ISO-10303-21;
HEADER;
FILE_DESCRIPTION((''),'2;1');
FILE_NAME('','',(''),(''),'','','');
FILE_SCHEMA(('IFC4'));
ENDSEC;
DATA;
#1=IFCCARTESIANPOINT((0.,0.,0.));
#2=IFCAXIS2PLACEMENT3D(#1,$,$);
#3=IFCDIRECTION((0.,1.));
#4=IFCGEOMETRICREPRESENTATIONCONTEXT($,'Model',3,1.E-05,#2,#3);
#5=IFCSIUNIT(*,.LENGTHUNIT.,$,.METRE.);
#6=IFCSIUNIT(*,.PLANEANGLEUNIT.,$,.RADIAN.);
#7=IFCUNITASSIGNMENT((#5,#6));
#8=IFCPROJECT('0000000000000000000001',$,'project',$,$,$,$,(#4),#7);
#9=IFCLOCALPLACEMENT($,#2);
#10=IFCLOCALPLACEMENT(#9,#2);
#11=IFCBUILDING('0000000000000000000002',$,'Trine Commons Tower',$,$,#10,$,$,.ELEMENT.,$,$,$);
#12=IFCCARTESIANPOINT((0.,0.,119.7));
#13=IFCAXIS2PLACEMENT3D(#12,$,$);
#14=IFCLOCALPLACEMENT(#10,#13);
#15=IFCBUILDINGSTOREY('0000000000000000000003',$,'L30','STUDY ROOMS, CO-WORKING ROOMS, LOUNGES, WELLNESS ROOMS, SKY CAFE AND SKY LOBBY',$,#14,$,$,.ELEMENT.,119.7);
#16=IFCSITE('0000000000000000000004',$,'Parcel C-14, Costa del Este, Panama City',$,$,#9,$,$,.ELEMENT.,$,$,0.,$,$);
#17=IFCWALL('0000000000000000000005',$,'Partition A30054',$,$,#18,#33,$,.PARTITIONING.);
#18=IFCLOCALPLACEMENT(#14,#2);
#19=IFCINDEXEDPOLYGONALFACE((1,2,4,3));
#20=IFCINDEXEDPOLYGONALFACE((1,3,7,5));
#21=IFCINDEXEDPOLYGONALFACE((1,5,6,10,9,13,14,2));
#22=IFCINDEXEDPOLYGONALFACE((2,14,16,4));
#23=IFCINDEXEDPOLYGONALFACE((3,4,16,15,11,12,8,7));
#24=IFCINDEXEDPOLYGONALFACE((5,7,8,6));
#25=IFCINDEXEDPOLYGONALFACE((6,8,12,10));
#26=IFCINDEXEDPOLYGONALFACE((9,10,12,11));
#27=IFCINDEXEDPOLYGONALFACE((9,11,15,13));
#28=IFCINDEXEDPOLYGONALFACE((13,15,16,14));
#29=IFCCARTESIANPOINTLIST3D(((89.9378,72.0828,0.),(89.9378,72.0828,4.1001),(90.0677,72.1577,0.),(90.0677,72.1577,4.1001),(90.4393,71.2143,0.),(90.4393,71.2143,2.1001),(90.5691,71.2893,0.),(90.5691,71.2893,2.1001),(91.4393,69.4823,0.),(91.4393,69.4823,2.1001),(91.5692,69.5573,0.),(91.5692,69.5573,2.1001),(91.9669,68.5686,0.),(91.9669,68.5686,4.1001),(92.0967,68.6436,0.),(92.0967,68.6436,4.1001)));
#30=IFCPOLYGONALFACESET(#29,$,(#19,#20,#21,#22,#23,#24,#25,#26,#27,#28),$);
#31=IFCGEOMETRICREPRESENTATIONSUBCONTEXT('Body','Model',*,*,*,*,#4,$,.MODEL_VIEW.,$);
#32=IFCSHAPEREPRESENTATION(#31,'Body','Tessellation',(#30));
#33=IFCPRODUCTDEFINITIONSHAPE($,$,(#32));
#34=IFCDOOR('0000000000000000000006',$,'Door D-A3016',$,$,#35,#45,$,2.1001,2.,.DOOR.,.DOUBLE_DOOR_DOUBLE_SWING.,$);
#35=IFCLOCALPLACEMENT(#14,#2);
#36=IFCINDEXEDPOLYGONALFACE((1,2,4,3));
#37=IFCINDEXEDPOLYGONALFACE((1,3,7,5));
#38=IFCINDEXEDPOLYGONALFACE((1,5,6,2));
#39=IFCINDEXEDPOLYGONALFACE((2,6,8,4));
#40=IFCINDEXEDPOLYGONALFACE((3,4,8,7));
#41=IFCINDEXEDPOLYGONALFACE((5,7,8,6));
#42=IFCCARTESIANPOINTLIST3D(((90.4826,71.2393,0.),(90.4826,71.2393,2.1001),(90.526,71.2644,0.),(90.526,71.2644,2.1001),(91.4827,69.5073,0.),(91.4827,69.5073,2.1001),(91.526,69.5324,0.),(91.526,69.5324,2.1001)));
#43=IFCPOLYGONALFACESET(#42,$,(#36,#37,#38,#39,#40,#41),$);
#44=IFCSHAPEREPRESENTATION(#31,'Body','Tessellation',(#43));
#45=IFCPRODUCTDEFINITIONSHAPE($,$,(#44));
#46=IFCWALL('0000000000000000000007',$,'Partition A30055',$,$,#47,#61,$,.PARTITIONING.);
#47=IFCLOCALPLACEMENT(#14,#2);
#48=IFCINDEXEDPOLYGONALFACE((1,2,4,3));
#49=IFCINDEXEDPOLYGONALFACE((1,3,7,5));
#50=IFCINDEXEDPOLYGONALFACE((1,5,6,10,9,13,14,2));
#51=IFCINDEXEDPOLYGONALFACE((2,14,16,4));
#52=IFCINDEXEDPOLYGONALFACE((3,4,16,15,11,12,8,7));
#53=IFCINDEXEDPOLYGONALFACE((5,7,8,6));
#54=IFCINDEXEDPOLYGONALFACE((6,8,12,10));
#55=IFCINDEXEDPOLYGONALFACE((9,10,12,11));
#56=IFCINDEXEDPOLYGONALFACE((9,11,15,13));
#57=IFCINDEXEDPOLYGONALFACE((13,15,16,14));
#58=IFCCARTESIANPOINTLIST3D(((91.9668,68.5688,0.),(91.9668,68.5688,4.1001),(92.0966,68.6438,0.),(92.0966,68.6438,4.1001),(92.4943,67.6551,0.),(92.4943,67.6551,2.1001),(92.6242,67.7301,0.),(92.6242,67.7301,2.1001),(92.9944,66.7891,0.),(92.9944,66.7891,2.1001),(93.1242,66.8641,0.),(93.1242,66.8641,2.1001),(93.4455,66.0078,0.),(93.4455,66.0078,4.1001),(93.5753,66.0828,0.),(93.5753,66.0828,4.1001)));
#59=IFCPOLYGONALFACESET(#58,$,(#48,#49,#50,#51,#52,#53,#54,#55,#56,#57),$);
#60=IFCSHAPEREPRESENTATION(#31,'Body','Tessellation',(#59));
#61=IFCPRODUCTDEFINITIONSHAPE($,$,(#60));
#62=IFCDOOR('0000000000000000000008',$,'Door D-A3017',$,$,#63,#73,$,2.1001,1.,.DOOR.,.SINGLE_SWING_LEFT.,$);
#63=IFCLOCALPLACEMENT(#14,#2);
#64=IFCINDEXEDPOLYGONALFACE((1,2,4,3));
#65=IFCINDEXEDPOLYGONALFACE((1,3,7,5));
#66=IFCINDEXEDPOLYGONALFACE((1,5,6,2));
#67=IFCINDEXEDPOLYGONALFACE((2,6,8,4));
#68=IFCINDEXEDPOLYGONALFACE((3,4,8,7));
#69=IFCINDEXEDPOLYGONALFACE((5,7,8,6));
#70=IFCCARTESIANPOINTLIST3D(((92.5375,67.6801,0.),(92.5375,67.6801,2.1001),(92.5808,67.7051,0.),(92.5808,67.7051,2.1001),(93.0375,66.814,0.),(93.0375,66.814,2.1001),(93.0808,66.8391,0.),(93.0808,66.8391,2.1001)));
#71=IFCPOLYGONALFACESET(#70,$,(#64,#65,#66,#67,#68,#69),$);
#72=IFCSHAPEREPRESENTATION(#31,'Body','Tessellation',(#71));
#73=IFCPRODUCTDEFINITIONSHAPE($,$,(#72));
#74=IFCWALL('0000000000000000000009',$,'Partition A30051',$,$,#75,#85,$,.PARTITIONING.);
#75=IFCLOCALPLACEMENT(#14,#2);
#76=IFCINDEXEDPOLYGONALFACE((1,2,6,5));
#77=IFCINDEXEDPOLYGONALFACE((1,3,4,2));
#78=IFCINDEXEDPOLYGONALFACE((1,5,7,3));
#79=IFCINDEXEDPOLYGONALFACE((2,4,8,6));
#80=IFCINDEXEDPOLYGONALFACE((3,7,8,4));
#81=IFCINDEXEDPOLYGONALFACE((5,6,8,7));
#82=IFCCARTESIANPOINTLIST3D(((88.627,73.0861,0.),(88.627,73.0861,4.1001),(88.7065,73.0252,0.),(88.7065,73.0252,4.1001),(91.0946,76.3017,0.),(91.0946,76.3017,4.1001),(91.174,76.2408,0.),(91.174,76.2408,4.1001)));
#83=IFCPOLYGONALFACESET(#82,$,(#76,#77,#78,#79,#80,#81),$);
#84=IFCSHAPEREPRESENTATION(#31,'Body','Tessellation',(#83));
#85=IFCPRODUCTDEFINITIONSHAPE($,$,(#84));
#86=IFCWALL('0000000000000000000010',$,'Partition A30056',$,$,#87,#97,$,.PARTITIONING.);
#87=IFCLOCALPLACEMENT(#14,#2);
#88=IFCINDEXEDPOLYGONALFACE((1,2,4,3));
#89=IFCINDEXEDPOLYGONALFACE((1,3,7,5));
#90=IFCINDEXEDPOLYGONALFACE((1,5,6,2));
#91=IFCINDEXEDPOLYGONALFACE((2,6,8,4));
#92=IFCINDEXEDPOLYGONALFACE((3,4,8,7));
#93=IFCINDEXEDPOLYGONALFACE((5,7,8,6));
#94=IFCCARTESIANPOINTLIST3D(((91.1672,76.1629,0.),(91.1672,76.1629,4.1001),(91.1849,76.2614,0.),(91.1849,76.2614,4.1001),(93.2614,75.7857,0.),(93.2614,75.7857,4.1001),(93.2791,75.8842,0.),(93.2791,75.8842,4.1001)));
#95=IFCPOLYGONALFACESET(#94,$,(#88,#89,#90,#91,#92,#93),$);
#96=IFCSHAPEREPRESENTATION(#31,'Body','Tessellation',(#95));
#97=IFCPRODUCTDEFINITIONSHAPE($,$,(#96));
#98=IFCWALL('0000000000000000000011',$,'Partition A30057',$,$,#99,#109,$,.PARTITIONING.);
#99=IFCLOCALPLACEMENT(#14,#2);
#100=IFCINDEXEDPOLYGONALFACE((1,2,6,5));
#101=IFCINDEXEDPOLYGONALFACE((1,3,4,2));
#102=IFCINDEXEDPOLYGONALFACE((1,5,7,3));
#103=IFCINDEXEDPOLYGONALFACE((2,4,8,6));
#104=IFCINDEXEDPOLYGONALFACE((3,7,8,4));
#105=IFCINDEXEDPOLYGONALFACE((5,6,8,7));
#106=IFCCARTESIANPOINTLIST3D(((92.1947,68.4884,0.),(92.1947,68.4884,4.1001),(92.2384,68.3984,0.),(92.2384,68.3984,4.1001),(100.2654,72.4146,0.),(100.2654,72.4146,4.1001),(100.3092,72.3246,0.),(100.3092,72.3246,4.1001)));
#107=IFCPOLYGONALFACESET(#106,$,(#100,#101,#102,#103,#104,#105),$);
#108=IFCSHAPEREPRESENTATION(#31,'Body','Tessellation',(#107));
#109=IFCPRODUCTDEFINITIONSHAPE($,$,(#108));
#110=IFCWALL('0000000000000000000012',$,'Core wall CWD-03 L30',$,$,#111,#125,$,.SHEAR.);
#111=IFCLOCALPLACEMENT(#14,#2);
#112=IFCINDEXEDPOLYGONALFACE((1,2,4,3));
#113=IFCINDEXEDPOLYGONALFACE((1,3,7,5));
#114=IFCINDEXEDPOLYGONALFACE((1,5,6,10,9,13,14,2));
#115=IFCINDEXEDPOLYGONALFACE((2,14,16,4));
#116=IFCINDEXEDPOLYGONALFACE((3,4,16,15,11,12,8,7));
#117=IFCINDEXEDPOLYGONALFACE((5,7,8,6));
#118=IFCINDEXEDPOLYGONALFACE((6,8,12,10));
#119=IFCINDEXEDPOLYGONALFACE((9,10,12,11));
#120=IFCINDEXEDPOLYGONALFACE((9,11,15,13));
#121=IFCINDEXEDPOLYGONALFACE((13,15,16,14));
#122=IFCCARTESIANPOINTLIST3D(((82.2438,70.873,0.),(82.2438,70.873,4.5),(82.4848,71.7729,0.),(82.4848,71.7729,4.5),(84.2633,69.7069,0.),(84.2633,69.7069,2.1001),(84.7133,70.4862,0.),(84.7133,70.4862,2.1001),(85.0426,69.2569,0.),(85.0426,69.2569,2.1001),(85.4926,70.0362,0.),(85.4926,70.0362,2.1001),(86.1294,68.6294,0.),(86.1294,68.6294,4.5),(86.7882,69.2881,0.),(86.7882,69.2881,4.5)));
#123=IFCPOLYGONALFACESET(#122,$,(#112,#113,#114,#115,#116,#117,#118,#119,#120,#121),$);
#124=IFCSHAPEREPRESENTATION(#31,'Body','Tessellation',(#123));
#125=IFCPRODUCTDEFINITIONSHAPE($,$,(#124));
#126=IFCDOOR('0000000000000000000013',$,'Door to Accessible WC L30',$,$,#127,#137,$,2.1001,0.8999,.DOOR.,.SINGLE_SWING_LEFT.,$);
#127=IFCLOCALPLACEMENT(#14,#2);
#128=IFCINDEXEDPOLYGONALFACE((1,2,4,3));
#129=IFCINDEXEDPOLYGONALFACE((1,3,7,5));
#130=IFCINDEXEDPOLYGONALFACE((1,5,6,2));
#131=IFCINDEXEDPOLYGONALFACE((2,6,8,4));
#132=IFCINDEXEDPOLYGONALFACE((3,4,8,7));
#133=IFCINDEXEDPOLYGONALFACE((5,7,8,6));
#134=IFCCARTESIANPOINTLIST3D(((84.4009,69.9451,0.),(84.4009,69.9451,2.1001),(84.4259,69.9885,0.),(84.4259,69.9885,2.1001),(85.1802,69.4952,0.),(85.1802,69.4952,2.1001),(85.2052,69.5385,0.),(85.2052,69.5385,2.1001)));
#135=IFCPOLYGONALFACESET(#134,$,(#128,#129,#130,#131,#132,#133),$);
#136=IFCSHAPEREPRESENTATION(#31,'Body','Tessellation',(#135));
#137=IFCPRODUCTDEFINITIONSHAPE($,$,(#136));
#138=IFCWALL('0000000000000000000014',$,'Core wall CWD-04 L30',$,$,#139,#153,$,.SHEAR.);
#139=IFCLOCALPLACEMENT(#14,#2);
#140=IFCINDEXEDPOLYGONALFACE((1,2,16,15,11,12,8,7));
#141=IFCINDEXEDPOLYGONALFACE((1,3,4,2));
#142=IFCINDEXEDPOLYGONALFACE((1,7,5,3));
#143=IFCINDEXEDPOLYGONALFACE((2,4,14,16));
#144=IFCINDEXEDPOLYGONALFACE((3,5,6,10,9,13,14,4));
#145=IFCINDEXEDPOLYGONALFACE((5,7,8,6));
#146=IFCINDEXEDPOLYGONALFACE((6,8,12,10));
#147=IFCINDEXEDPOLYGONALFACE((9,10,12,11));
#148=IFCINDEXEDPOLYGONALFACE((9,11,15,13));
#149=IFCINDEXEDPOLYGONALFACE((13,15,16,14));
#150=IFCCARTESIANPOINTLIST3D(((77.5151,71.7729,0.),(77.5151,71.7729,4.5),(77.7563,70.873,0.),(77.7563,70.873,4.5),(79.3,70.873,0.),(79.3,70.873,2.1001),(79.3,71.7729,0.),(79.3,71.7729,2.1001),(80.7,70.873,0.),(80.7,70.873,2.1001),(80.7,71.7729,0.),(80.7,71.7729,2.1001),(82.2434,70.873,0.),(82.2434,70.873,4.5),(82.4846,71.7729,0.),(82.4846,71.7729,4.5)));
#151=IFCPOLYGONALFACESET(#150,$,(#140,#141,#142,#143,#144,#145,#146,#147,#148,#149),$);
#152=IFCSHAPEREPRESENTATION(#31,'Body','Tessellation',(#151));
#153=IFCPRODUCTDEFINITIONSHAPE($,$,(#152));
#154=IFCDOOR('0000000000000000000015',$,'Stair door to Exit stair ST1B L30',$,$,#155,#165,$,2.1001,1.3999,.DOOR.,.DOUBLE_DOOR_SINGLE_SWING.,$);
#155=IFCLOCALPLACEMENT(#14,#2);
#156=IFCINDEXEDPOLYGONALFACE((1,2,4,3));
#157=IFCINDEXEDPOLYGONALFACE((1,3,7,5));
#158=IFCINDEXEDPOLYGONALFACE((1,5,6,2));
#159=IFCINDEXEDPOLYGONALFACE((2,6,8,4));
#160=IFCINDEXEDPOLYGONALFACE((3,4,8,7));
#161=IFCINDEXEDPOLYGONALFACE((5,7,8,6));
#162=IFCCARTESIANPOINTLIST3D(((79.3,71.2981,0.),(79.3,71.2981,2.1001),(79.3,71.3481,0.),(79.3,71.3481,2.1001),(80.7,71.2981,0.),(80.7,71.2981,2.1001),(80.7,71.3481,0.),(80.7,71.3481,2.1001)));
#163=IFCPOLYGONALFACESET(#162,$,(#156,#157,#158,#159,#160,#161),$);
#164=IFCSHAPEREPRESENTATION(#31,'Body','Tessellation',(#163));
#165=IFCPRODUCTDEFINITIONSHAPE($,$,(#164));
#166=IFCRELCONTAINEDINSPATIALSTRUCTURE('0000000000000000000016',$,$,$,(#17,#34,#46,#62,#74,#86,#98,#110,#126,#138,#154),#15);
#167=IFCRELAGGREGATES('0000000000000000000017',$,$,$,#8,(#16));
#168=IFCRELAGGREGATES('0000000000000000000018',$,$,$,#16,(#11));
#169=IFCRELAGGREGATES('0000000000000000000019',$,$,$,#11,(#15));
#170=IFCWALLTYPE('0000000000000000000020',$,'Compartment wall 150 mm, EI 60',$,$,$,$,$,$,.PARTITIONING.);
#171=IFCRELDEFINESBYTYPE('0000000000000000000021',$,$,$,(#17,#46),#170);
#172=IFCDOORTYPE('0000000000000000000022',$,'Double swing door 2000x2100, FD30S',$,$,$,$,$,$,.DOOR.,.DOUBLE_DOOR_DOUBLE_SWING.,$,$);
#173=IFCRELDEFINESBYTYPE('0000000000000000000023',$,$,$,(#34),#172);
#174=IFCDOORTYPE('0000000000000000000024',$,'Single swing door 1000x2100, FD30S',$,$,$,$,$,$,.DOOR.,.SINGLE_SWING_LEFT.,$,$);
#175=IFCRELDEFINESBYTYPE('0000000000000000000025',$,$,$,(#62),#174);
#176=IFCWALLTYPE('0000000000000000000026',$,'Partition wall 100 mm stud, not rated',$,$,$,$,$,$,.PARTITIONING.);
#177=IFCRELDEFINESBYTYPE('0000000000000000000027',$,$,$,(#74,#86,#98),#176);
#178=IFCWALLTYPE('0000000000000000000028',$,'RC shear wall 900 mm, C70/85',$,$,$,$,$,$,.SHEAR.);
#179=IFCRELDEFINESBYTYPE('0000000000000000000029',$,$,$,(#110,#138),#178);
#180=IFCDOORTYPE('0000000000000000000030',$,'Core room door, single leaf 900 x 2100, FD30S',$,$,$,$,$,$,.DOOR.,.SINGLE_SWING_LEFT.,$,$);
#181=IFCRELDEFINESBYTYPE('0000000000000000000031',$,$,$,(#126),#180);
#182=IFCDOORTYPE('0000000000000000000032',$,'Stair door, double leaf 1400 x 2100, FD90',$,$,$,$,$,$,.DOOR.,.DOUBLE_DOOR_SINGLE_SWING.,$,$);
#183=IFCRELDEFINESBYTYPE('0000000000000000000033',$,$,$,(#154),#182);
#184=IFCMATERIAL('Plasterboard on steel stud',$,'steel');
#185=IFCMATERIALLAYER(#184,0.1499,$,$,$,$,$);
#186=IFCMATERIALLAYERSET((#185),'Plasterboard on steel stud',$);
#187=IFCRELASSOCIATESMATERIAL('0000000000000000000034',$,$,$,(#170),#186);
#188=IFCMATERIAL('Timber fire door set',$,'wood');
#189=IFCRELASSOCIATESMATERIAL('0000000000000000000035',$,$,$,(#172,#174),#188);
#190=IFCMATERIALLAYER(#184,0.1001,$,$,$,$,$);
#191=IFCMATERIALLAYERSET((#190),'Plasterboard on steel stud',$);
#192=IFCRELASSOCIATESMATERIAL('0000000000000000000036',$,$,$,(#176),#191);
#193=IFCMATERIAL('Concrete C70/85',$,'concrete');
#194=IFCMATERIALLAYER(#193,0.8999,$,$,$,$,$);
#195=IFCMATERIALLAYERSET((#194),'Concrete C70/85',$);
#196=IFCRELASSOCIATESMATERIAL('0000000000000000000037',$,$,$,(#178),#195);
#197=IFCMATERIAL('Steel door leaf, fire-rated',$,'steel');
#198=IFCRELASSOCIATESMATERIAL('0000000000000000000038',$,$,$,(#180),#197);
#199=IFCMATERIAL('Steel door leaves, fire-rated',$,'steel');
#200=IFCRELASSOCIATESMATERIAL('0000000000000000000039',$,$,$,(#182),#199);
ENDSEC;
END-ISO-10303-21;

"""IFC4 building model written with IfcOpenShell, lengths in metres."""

from ifc_helpers import new_model, si_unit, direction, frame, frame_2d, origin, place, context, subcontext, project, spatial, polyline, rectangle, outline, extrude, material, layer, layer_set, type_object, element, fill, save


model = new_model("IFC4")

# Units and contexts
model_context = context("Model", 3, precision=1e-05, world=origin(), true_north=direction((0.0, 1.0)))
body_context = subcontext(model_context, "Body", "Model", "MODEL_VIEW")
ifc_project = project(units=[si_unit("LENGTHUNIT", "METRE"), si_unit("PLANEANGLEUNIT", "RADIAN")], contexts=[model_context])

# Site, building, storey
site_placement = place(None, origin())
site = spatial("IfcSite", under=ifc_project, at=site_placement, Name="Parcel C-14, Costa del Este, Panama City", CompositionType="ELEMENT", RefElevation=0.0)
building_placement = place(site_placement, origin())
building = spatial("IfcBuilding", under=site, at=building_placement, Name="Trine Commons Tower", CompositionType="ELEMENT")
storey_placement = place(building_placement, frame((0.0, 0.0, 119.7)))
storey = spatial("IfcBuildingStorey", under=building, at=storey_placement, Name="L30", Description="STUDY ROOMS, CO-WORKING ROOMS, LOUNGES, WELLNESS ROOMS, SKY CAFE AND SKY LOBBY", CompositionType="ELEMENT", Elevation=119.7)

# Shared definitions
ifc_material_1 = material(Name="Plasterboard on steel stud", Category="steel")
ifc_layer_1 = layer(ifc_material_1, 0.1499)
ifc_layer_set_1 = layer_set([ifc_layer_1], Name="Plasterboard on steel stud")
wall_type_1 = type_object("IfcWallType", Name="Compartment wall 150 mm, EI 60", PredefinedType="PARTITIONING", material=ifc_layer_set_1)
ifc_material_2 = material(Name="Timber fire door set", Category="wood")

# Walls, openings, doors
wall_1_placement = place(storey_placement, frame((92.0317, 68.6062, 0.0), z_axis=(0.0, 0.0, 1.0), x_axis=(-0.500028, 0.866009, 0.0)))
wall_1 = element("IfcWall", 1, at=wall_1_placement, inside=storey, type_object=wall_type_1, Name="Partition A30054", PredefinedType="PARTITIONING", context=body_context, shape_type="SweptSolid", body=[
    extrude(rectangle(XDim=4.0579, YDim=0.1499, at=frame_2d((2.0288, 0.0))), origin(), (0.0, 0.0, 1.0), 4.1001),
])
opening_1_placement = place(wall_1_placement, frame((1.0549, 0.0, 0.0)))
opening_1 = element("IfcOpeningElement", 2, at=opening_1_placement, cuts=wall_1, PredefinedType="OPENING", context=body_context, shape_type="SweptSolid", body=[
    extrude(rectangle(XDim=2.0, YDim=2.1001, at=frame_2d((1.0, 1.05))), frame((0.0, 0.085, 0.0), z_axis=(0.0, -1.0, 0.0), x_axis=(1.0, 0.0, 0.0)), (0.0, 0.0, 1.0), 0.1699),
])
door_type_1 = type_object("IfcDoorType", Name="Double swing door 2000x2100, FD30S", OperationType="DOUBLE_DOOR_DOUBLE_SWING", PredefinedType="DOOR", material=ifc_material_2)
door_1_placement = place(opening_1_placement, origin())
door_1 = element("IfcDoor", 3, at=door_1_placement, inside=storey, type_object=door_type_1, Name="Door D-A3016", OperationType="DOUBLE_DOOR_DOUBLE_SWING", OverallHeight=2.1001, OverallWidth=2.0, PredefinedType="DOOR", context=body_context, shape_type="SweptSolid", body=[
    extrude(rectangle(XDim=2.0, YDim=2.1001, at=frame_2d((1.0, 1.05))), frame((0.0, 0.0249, 0.0), z_axis=(0.0, -1.0, 0.0), x_axis=(1.0, 0.0, 0.0)), (0.0, 0.0, 1.0), 0.05),
])
fill(opening_1, door_1)
wall_2_placement = place(storey_placement, frame((92.0317, 68.6062, 0.0), z_axis=(0.0, 0.0, 1.0), x_axis=(0.500037, -0.866004, 0.0)))
wall_2 = element("IfcWall", 4, at=wall_2_placement, inside=storey, type_object=wall_type_1, Name="Partition A30055", PredefinedType="PARTITIONING", context=body_context, shape_type="SweptSolid", body=[
    extrude(rectangle(XDim=2.9573, YDim=0.1499, at=frame_2d((1.4785, 0.0))), origin(), (0.0, 0.0, 1.0), 4.1001),
])
opening_2_placement = place(wall_2_placement, frame((1.0549, 0.0, 0.0)))
opening_2 = element("IfcOpeningElement", 5, at=opening_2_placement, cuts=wall_2, PredefinedType="OPENING", context=body_context, shape_type="SweptSolid", body=[
    extrude(rectangle(XDim=1.0, YDim=2.1001, at=frame_2d((0.5, 1.05))), frame((0.0, 0.085, 0.0), z_axis=(0.0, -1.0, 0.0), x_axis=(1.0, 0.0, 0.0)), (0.0, 0.0, 1.0), 0.1699),
])
door_type_2 = type_object("IfcDoorType", Name="Single swing door 1000x2100, FD30S", OperationType="SINGLE_SWING_LEFT", PredefinedType="DOOR", material=ifc_material_2)
door_2_placement = place(opening_2_placement, origin())
door_2 = element("IfcDoor", 6, at=door_2_placement, inside=storey, type_object=door_type_2, Name="Door D-A3017", OperationType="SINGLE_SWING_LEFT", OverallHeight=2.1001, OverallWidth=1.0, PredefinedType="DOOR", context=body_context, shape_type="SweptSolid", body=[
    extrude(rectangle(XDim=1.0, YDim=2.1001, at=frame_2d((0.5, 1.05))), frame((0.0, 0.0249, 0.0), z_axis=(0.0, -1.0, 0.0), x_axis=(1.0, 0.0, 0.0)), (0.0, 0.0, 1.0), 0.05),
])
fill(opening_2, door_2)

# Walls
ifc_layer_2 = layer(ifc_material_1, 0.1001)
ifc_layer_set_2 = layer_set([ifc_layer_2], Name="Plasterboard on steel stud")
wall_type_2 = type_object("IfcWallType", Name="Partition wall 100 mm stud, not rated", PredefinedType="PARTITIONING", material=ifc_layer_set_2)
wall_3_placement = place(storey_placement, frame((88.6667, 73.0557, 0.0), z_axis=(0.0, 0.0, 1.0), x_axis=(0.608782, 0.793338, 0.0)))
element("IfcWall", 7, at=wall_3_placement, inside=storey, type_object=wall_type_2, Name="Partition A30051", PredefinedType="PARTITIONING", context=body_context, shape_type="SweptSolid", body=[
    extrude(rectangle(XDim=4.0532, YDim=0.1001, at=frame_2d((2.0266, 0.0))), origin(), (0.0, 0.0, 1.0), 4.1001),
])
wall_4_placement = place(storey_placement, frame((91.176, 76.2122, 0.0), z_axis=(0.0, 0.0, 1.0), x_axis=(0.984164, -0.17726, 0.0)))
element("IfcWall", 8, at=wall_4_placement, inside=storey, type_object=wall_type_2, Name="Partition A30056", PredefinedType="PARTITIONING", context=body_context, shape_type="SweptSolid", body=[
    extrude(rectangle(XDim=2.1279, YDim=0.1001, at=frame_2d((1.064, 0.0))), origin(), (0.0, 0.0, 1.0), 4.1001),
])
wall_5_placement = place(storey_placement, frame((92.2166, 68.4434, 0.0), z_axis=(0.0, 0.0, 1.0), x_axis=(0.899238, 0.43746, 0.0)))
element("IfcWall", 9, at=wall_5_placement, inside=storey, type_object=wall_type_2, Name="Partition A30057", PredefinedType="PARTITIONING", context=body_context, shape_type="SweptSolid", body=[
    extrude(rectangle(XDim=8.9751, YDim=0.1001, at=frame_2d((4.4875, 0.0))), origin(), (0.0, 0.0, 1.0), 4.1001),
])

# Walls, openings, doors
ifc_material_3 = material(Name="Concrete C70/85", Category="concrete")
ifc_layer_3 = layer(ifc_material_3, 0.8999)
ifc_layer_set_3 = layer_set([ifc_layer_3], Name="Concrete C70/85")
wall_type_3 = type_object("IfcWallType", Name="RC shear wall 900 mm, C70/85", PredefinedType="SHEAR", material=ifc_layer_set_3)
wall_6_placement = place(storey_placement, frame((86.5632, 68.8984, 0.0), z_axis=(0.0, 0.0, 1.0), x_axis=(-0.866003, 0.500039, 0.0)))
wall_6 = element("IfcWall", 10, at=wall_6_placement, inside=storey, type_object=wall_type_3, Name="Core wall CWD-03 L30", PredefinedType="SHEAR", context=body_context, shape_type="SweptSolid", body=[
    extrude(outline(polyline([(0.0, -0.45), (4.9692, -0.45), (4.728, 0.45), (0.2412, 0.45), (0.0, -0.45)])), origin(), (0.0, 0.0, 1.0), 4.5),
])
opening_3_placement = place(wall_6_placement, frame((1.4961, 0.0, 0.0)))
opening_3 = element("IfcOpeningElement", 11, at=opening_3_placement, cuts=wall_6, PredefinedType="OPENING", context=body_context, shape_type="SweptSolid", body=[
    extrude(rectangle(XDim=0.8999, YDim=2.1001, at=frame_2d((0.45, 1.05))), frame((0.0, 0.46, 0.0), z_axis=(0.0, -1.0, 0.0), x_axis=(1.0, 0.0, 0.0)), (0.0, 0.0, 1.0), 0.9199),
])
ifc_material_4 = material(Name="Steel door leaf, fire-rated", Category="steel")
door_type_3 = type_object("IfcDoorType", Name="Core room door, single leaf 900 x 2100, FD30S", OperationType="SINGLE_SWING_LEFT", PredefinedType="DOOR", material=ifc_material_4)
door_3_placement = place(opening_3_placement, origin())
door_3 = element("IfcDoor", 12, at=door_3_placement, inside=storey, type_object=door_type_3, Name="Door to Accessible WC L30", OperationType="SINGLE_SWING_LEFT", OverallHeight=2.1001, OverallWidth=0.8999, PredefinedType="DOOR", context=body_context, shape_type="SweptSolid", body=[
    extrude(rectangle(XDim=0.8999, YDim=2.1001, at=frame_2d((0.45, 1.05))), frame((0.0, 0.1748, 0.0), z_axis=(0.0, -1.0, 0.0), x_axis=(1.0, 0.0, 0.0)), (0.0, 0.0, 1.0), 0.05),
])
fill(opening_3, door_3)
wall_7_placement = place(storey_placement, frame((82.4846, 71.323, 0.0), z_axis=(0.0, 0.0, 1.0), x_axis=(-1.0, 0.0, 0.0)))
wall_7 = element("IfcWall", 13, at=wall_7_placement, inside=storey, type_object=wall_type_3, Name="Core wall CWD-04 L30", PredefinedType="SHEAR", context=body_context, shape_type="SweptSolid", body=[
    extrude(outline(polyline([(0.0, -0.45), (4.9695, -0.45), (4.7283, 0.45), (0.2412, 0.45), (0.0, -0.45)])), origin(), (0.0, 0.0, 1.0), 4.5),
])
opening_4_placement = place(wall_7_placement, frame((1.7847, 0.0, 0.0)))
opening_4 = element("IfcOpeningElement", 14, at=opening_4_placement, cuts=wall_7, PredefinedType="OPENING", context=body_context, shape_type="SweptSolid", body=[
    extrude(rectangle(XDim=1.3999, YDim=2.1001, at=frame_2d((0.7, 1.05))), frame((0.0, 0.46, 0.0), z_axis=(0.0, -1.0, 0.0), x_axis=(1.0, 0.0, 0.0)), (0.0, 0.0, 1.0), 0.9199),
])
ifc_material_5 = material(Name="Steel door leaves, fire-rated", Category="steel")
door_type_4 = type_object("IfcDoorType", Name="Stair door, double leaf 1400 x 2100, FD90", OperationType="DOUBLE_DOOR_SINGLE_SWING", PredefinedType="DOOR", material=ifc_material_5)
door_4_placement = place(opening_4_placement, origin())
door_4 = element("IfcDoor", 15, at=door_4_placement, inside=storey, type_object=door_type_4, Name="Stair door to Exit stair ST1B L30", OperationType="DOUBLE_DOOR_SINGLE_SWING", OverallHeight=2.1001, OverallWidth=1.3999, PredefinedType="DOOR", context=body_context, shape_type="SweptSolid", body=[
    extrude(rectangle(XDim=1.3999, YDim=2.1001, at=frame_2d((0.7, 1.05))), frame((0.0, 0.0249, 0.0), z_axis=(0.0, -1.0, 0.0), x_axis=(1.0, 0.0, 0.0)), (0.0, 0.0, 1.0), 0.05),
])
fill(opening_4, door_4)

save(model, "model.ifc")
